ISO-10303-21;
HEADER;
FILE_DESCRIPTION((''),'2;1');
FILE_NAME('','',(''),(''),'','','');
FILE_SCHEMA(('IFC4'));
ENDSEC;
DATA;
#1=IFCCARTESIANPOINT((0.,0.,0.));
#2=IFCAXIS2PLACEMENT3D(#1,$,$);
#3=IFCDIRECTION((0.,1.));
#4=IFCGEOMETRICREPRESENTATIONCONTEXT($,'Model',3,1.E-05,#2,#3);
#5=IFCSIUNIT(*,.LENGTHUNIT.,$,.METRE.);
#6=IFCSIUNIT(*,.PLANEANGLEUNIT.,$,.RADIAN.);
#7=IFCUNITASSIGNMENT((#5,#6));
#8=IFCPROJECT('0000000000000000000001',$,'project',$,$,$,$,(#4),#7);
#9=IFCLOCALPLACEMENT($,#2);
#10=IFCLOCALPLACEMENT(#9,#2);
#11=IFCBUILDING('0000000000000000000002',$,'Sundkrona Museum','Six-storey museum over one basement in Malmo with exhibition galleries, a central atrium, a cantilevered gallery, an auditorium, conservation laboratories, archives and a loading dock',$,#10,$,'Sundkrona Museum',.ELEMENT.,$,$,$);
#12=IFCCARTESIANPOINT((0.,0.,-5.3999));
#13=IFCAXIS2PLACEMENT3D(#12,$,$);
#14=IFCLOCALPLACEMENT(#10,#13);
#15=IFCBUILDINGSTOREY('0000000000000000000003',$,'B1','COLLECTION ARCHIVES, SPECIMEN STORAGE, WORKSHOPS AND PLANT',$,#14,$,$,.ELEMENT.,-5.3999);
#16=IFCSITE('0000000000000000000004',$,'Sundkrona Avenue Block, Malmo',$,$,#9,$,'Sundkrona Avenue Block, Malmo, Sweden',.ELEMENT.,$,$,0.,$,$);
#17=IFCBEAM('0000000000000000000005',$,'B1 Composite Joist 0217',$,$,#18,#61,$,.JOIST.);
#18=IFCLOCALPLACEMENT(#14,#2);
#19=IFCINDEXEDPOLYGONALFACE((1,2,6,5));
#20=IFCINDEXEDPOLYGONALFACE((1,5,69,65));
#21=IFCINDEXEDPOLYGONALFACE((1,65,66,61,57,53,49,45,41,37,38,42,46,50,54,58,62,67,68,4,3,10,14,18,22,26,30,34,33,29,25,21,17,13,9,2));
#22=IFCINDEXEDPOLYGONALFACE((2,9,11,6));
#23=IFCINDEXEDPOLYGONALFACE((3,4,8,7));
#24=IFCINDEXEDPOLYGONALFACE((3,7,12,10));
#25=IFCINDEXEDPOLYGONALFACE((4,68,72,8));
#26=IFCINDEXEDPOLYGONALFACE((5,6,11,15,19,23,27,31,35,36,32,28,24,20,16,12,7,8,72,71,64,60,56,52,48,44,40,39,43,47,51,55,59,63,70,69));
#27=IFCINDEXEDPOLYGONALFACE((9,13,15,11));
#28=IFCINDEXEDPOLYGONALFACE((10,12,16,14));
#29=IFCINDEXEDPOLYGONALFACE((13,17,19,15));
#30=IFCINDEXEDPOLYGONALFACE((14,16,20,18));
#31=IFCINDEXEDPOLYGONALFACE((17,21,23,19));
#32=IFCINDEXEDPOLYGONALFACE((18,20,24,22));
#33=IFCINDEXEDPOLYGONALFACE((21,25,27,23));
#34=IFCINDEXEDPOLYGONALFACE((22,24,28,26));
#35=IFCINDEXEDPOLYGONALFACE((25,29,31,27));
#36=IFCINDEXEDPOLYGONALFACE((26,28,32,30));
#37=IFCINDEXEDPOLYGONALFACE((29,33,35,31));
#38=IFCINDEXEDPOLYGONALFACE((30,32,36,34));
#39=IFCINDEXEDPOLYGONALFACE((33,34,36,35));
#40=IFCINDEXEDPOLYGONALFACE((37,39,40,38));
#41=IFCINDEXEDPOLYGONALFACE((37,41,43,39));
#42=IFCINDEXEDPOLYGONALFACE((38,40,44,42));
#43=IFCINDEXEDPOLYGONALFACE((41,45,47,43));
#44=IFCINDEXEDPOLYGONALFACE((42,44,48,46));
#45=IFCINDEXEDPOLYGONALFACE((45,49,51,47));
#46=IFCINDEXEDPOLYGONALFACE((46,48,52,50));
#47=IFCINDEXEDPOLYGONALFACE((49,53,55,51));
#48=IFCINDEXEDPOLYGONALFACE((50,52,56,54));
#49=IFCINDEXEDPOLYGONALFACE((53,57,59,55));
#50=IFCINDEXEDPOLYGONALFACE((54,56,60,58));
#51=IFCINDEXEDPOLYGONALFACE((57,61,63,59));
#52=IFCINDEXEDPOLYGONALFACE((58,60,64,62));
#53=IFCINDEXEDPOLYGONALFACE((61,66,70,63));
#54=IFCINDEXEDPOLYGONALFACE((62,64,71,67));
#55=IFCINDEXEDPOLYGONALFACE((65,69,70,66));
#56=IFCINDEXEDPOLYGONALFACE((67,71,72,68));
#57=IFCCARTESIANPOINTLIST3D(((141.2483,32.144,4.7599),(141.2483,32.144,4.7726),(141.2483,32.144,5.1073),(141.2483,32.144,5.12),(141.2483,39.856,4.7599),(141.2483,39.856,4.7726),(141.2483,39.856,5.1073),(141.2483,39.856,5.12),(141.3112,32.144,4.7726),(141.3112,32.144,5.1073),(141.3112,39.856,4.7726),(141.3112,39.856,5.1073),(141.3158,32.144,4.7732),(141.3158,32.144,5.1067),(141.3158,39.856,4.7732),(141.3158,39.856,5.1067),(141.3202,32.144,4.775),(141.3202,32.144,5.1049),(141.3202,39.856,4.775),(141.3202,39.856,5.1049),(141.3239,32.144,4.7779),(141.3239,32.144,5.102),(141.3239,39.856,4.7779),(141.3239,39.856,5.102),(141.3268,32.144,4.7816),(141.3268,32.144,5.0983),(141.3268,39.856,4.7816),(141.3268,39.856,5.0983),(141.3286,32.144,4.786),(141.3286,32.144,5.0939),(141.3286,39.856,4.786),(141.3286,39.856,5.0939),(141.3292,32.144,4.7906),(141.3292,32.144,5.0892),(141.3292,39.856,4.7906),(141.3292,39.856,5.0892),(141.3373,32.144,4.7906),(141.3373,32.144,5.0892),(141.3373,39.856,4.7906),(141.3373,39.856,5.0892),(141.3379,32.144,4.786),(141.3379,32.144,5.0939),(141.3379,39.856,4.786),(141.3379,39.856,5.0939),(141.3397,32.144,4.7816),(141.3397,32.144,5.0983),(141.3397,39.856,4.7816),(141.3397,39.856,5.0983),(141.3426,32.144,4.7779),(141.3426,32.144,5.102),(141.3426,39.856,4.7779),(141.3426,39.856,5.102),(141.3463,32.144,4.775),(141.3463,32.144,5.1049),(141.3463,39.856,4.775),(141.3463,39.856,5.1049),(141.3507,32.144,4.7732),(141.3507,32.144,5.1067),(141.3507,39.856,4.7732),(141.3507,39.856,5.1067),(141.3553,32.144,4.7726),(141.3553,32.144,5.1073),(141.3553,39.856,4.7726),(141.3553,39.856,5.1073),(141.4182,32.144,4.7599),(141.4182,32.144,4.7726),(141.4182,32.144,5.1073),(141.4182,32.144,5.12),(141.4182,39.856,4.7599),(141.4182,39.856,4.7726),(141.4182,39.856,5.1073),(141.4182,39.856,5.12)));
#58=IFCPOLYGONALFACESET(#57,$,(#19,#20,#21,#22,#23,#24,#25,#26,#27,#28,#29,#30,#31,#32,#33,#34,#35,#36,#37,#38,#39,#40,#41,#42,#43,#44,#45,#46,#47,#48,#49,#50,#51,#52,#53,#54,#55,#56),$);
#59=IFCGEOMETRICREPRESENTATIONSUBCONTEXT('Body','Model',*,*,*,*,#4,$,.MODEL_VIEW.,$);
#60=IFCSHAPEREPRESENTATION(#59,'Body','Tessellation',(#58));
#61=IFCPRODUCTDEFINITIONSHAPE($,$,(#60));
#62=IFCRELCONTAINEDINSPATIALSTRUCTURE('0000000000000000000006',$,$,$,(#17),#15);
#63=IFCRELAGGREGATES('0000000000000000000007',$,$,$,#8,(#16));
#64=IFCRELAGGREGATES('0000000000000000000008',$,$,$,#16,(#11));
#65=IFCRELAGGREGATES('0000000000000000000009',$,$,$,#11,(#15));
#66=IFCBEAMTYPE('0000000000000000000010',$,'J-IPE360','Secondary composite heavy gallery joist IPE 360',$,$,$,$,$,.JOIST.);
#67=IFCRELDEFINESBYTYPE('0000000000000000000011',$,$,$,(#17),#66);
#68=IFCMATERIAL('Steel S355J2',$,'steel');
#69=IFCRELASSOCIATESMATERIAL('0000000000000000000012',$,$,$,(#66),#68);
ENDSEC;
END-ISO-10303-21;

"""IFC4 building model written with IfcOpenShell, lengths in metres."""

from ifc_helpers import new_model, si_unit, direction, frame, origin, origin_2d, place, context, subcontext, project, spatial, i_section, extrude, material, material_profile, profile_set, type_object, element, save


model = new_model("IFC4")

# Units and contexts
model_context = context("Model", 3, precision=1e-05, world=origin(), true_north=direction((0.0, 1.0)))
body_context = subcontext(model_context, "Body", "Model", "MODEL_VIEW")
ifc_project = project(units=[si_unit("LENGTHUNIT", "METRE"), si_unit("PLANEANGLEUNIT", "RADIAN")], contexts=[model_context])

# Site, building, storey
site_placement = place(None, origin())
site = spatial("IfcSite", under=ifc_project, at=site_placement, Name="Sundkrona Avenue Block, Malmo", LongName="Sundkrona Avenue Block, Malmo, Sweden", CompositionType="ELEMENT", RefElevation=0.0)
building_placement = place(site_placement, origin())
building = spatial("IfcBuilding", under=site, at=building_placement, Name="Sundkrona Museum", Description="Six-storey museum over one basement in Malmo with exhibition galleries, a central atrium, a cantilevered gallery, an auditorium, conservation laboratories, archives and a loading dock", LongName="Sundkrona Museum", CompositionType="ELEMENT")
storey_placement = place(building_placement, frame((0.0, 0.0, -5.3999)))
storey = spatial("IfcBuildingStorey", under=building, at=storey_placement, Name="B1", Description="COLLECTION ARCHIVES, SPECIMEN STORAGE, WORKSHOPS AND PLANT", CompositionType="ELEMENT", Elevation=-5.3999)

# Beam
ifc_material_1 = material(Name="Steel S355J2", Category="steel")
ifc_material_profile_1 = material_profile(ifc_material_1, i_section(OverallWidth=0.1699, OverallDepth=0.3601, WebThickness=0.0081, FlangeThickness=0.0127, FilletRadius=0.0181, at=origin_2d()), Name="IPE 360")
ifc_profile_set_1 = profile_set([ifc_material_profile_1], Name="Steel S355J2")
beam_type_1 = type_object("IfcBeamType", Name="J-IPE360", Description="Secondary composite heavy gallery joist IPE 360", PredefinedType="JOIST", material=ifc_profile_set_1)
for number, where, z_axis, x_axis, name in (
    (1, (141.3333, 32.144, 4.9399), (0.0, 1.0, 0.0), (-1.0, 0.0, 0.0), "B1 Composite Joist 0217"),
):
    element("IfcBeam", number, at=place(storey_placement, frame(where, z_axis=z_axis, x_axis=x_axis)), inside=storey, type_object=beam_type_1, Name=name, PredefinedType="JOIST", context=body_context, shape_type="SweptSolid", body=[
        extrude(i_section(OverallWidth=0.1699, OverallDepth=0.3601, WebThickness=0.0081, FlangeThickness=0.0127, FilletRadius=0.0181, at=origin_2d()), origin(), (0.0, 0.0, 1.0), 7.7119),
    ])

save(model, "model.ifc")
